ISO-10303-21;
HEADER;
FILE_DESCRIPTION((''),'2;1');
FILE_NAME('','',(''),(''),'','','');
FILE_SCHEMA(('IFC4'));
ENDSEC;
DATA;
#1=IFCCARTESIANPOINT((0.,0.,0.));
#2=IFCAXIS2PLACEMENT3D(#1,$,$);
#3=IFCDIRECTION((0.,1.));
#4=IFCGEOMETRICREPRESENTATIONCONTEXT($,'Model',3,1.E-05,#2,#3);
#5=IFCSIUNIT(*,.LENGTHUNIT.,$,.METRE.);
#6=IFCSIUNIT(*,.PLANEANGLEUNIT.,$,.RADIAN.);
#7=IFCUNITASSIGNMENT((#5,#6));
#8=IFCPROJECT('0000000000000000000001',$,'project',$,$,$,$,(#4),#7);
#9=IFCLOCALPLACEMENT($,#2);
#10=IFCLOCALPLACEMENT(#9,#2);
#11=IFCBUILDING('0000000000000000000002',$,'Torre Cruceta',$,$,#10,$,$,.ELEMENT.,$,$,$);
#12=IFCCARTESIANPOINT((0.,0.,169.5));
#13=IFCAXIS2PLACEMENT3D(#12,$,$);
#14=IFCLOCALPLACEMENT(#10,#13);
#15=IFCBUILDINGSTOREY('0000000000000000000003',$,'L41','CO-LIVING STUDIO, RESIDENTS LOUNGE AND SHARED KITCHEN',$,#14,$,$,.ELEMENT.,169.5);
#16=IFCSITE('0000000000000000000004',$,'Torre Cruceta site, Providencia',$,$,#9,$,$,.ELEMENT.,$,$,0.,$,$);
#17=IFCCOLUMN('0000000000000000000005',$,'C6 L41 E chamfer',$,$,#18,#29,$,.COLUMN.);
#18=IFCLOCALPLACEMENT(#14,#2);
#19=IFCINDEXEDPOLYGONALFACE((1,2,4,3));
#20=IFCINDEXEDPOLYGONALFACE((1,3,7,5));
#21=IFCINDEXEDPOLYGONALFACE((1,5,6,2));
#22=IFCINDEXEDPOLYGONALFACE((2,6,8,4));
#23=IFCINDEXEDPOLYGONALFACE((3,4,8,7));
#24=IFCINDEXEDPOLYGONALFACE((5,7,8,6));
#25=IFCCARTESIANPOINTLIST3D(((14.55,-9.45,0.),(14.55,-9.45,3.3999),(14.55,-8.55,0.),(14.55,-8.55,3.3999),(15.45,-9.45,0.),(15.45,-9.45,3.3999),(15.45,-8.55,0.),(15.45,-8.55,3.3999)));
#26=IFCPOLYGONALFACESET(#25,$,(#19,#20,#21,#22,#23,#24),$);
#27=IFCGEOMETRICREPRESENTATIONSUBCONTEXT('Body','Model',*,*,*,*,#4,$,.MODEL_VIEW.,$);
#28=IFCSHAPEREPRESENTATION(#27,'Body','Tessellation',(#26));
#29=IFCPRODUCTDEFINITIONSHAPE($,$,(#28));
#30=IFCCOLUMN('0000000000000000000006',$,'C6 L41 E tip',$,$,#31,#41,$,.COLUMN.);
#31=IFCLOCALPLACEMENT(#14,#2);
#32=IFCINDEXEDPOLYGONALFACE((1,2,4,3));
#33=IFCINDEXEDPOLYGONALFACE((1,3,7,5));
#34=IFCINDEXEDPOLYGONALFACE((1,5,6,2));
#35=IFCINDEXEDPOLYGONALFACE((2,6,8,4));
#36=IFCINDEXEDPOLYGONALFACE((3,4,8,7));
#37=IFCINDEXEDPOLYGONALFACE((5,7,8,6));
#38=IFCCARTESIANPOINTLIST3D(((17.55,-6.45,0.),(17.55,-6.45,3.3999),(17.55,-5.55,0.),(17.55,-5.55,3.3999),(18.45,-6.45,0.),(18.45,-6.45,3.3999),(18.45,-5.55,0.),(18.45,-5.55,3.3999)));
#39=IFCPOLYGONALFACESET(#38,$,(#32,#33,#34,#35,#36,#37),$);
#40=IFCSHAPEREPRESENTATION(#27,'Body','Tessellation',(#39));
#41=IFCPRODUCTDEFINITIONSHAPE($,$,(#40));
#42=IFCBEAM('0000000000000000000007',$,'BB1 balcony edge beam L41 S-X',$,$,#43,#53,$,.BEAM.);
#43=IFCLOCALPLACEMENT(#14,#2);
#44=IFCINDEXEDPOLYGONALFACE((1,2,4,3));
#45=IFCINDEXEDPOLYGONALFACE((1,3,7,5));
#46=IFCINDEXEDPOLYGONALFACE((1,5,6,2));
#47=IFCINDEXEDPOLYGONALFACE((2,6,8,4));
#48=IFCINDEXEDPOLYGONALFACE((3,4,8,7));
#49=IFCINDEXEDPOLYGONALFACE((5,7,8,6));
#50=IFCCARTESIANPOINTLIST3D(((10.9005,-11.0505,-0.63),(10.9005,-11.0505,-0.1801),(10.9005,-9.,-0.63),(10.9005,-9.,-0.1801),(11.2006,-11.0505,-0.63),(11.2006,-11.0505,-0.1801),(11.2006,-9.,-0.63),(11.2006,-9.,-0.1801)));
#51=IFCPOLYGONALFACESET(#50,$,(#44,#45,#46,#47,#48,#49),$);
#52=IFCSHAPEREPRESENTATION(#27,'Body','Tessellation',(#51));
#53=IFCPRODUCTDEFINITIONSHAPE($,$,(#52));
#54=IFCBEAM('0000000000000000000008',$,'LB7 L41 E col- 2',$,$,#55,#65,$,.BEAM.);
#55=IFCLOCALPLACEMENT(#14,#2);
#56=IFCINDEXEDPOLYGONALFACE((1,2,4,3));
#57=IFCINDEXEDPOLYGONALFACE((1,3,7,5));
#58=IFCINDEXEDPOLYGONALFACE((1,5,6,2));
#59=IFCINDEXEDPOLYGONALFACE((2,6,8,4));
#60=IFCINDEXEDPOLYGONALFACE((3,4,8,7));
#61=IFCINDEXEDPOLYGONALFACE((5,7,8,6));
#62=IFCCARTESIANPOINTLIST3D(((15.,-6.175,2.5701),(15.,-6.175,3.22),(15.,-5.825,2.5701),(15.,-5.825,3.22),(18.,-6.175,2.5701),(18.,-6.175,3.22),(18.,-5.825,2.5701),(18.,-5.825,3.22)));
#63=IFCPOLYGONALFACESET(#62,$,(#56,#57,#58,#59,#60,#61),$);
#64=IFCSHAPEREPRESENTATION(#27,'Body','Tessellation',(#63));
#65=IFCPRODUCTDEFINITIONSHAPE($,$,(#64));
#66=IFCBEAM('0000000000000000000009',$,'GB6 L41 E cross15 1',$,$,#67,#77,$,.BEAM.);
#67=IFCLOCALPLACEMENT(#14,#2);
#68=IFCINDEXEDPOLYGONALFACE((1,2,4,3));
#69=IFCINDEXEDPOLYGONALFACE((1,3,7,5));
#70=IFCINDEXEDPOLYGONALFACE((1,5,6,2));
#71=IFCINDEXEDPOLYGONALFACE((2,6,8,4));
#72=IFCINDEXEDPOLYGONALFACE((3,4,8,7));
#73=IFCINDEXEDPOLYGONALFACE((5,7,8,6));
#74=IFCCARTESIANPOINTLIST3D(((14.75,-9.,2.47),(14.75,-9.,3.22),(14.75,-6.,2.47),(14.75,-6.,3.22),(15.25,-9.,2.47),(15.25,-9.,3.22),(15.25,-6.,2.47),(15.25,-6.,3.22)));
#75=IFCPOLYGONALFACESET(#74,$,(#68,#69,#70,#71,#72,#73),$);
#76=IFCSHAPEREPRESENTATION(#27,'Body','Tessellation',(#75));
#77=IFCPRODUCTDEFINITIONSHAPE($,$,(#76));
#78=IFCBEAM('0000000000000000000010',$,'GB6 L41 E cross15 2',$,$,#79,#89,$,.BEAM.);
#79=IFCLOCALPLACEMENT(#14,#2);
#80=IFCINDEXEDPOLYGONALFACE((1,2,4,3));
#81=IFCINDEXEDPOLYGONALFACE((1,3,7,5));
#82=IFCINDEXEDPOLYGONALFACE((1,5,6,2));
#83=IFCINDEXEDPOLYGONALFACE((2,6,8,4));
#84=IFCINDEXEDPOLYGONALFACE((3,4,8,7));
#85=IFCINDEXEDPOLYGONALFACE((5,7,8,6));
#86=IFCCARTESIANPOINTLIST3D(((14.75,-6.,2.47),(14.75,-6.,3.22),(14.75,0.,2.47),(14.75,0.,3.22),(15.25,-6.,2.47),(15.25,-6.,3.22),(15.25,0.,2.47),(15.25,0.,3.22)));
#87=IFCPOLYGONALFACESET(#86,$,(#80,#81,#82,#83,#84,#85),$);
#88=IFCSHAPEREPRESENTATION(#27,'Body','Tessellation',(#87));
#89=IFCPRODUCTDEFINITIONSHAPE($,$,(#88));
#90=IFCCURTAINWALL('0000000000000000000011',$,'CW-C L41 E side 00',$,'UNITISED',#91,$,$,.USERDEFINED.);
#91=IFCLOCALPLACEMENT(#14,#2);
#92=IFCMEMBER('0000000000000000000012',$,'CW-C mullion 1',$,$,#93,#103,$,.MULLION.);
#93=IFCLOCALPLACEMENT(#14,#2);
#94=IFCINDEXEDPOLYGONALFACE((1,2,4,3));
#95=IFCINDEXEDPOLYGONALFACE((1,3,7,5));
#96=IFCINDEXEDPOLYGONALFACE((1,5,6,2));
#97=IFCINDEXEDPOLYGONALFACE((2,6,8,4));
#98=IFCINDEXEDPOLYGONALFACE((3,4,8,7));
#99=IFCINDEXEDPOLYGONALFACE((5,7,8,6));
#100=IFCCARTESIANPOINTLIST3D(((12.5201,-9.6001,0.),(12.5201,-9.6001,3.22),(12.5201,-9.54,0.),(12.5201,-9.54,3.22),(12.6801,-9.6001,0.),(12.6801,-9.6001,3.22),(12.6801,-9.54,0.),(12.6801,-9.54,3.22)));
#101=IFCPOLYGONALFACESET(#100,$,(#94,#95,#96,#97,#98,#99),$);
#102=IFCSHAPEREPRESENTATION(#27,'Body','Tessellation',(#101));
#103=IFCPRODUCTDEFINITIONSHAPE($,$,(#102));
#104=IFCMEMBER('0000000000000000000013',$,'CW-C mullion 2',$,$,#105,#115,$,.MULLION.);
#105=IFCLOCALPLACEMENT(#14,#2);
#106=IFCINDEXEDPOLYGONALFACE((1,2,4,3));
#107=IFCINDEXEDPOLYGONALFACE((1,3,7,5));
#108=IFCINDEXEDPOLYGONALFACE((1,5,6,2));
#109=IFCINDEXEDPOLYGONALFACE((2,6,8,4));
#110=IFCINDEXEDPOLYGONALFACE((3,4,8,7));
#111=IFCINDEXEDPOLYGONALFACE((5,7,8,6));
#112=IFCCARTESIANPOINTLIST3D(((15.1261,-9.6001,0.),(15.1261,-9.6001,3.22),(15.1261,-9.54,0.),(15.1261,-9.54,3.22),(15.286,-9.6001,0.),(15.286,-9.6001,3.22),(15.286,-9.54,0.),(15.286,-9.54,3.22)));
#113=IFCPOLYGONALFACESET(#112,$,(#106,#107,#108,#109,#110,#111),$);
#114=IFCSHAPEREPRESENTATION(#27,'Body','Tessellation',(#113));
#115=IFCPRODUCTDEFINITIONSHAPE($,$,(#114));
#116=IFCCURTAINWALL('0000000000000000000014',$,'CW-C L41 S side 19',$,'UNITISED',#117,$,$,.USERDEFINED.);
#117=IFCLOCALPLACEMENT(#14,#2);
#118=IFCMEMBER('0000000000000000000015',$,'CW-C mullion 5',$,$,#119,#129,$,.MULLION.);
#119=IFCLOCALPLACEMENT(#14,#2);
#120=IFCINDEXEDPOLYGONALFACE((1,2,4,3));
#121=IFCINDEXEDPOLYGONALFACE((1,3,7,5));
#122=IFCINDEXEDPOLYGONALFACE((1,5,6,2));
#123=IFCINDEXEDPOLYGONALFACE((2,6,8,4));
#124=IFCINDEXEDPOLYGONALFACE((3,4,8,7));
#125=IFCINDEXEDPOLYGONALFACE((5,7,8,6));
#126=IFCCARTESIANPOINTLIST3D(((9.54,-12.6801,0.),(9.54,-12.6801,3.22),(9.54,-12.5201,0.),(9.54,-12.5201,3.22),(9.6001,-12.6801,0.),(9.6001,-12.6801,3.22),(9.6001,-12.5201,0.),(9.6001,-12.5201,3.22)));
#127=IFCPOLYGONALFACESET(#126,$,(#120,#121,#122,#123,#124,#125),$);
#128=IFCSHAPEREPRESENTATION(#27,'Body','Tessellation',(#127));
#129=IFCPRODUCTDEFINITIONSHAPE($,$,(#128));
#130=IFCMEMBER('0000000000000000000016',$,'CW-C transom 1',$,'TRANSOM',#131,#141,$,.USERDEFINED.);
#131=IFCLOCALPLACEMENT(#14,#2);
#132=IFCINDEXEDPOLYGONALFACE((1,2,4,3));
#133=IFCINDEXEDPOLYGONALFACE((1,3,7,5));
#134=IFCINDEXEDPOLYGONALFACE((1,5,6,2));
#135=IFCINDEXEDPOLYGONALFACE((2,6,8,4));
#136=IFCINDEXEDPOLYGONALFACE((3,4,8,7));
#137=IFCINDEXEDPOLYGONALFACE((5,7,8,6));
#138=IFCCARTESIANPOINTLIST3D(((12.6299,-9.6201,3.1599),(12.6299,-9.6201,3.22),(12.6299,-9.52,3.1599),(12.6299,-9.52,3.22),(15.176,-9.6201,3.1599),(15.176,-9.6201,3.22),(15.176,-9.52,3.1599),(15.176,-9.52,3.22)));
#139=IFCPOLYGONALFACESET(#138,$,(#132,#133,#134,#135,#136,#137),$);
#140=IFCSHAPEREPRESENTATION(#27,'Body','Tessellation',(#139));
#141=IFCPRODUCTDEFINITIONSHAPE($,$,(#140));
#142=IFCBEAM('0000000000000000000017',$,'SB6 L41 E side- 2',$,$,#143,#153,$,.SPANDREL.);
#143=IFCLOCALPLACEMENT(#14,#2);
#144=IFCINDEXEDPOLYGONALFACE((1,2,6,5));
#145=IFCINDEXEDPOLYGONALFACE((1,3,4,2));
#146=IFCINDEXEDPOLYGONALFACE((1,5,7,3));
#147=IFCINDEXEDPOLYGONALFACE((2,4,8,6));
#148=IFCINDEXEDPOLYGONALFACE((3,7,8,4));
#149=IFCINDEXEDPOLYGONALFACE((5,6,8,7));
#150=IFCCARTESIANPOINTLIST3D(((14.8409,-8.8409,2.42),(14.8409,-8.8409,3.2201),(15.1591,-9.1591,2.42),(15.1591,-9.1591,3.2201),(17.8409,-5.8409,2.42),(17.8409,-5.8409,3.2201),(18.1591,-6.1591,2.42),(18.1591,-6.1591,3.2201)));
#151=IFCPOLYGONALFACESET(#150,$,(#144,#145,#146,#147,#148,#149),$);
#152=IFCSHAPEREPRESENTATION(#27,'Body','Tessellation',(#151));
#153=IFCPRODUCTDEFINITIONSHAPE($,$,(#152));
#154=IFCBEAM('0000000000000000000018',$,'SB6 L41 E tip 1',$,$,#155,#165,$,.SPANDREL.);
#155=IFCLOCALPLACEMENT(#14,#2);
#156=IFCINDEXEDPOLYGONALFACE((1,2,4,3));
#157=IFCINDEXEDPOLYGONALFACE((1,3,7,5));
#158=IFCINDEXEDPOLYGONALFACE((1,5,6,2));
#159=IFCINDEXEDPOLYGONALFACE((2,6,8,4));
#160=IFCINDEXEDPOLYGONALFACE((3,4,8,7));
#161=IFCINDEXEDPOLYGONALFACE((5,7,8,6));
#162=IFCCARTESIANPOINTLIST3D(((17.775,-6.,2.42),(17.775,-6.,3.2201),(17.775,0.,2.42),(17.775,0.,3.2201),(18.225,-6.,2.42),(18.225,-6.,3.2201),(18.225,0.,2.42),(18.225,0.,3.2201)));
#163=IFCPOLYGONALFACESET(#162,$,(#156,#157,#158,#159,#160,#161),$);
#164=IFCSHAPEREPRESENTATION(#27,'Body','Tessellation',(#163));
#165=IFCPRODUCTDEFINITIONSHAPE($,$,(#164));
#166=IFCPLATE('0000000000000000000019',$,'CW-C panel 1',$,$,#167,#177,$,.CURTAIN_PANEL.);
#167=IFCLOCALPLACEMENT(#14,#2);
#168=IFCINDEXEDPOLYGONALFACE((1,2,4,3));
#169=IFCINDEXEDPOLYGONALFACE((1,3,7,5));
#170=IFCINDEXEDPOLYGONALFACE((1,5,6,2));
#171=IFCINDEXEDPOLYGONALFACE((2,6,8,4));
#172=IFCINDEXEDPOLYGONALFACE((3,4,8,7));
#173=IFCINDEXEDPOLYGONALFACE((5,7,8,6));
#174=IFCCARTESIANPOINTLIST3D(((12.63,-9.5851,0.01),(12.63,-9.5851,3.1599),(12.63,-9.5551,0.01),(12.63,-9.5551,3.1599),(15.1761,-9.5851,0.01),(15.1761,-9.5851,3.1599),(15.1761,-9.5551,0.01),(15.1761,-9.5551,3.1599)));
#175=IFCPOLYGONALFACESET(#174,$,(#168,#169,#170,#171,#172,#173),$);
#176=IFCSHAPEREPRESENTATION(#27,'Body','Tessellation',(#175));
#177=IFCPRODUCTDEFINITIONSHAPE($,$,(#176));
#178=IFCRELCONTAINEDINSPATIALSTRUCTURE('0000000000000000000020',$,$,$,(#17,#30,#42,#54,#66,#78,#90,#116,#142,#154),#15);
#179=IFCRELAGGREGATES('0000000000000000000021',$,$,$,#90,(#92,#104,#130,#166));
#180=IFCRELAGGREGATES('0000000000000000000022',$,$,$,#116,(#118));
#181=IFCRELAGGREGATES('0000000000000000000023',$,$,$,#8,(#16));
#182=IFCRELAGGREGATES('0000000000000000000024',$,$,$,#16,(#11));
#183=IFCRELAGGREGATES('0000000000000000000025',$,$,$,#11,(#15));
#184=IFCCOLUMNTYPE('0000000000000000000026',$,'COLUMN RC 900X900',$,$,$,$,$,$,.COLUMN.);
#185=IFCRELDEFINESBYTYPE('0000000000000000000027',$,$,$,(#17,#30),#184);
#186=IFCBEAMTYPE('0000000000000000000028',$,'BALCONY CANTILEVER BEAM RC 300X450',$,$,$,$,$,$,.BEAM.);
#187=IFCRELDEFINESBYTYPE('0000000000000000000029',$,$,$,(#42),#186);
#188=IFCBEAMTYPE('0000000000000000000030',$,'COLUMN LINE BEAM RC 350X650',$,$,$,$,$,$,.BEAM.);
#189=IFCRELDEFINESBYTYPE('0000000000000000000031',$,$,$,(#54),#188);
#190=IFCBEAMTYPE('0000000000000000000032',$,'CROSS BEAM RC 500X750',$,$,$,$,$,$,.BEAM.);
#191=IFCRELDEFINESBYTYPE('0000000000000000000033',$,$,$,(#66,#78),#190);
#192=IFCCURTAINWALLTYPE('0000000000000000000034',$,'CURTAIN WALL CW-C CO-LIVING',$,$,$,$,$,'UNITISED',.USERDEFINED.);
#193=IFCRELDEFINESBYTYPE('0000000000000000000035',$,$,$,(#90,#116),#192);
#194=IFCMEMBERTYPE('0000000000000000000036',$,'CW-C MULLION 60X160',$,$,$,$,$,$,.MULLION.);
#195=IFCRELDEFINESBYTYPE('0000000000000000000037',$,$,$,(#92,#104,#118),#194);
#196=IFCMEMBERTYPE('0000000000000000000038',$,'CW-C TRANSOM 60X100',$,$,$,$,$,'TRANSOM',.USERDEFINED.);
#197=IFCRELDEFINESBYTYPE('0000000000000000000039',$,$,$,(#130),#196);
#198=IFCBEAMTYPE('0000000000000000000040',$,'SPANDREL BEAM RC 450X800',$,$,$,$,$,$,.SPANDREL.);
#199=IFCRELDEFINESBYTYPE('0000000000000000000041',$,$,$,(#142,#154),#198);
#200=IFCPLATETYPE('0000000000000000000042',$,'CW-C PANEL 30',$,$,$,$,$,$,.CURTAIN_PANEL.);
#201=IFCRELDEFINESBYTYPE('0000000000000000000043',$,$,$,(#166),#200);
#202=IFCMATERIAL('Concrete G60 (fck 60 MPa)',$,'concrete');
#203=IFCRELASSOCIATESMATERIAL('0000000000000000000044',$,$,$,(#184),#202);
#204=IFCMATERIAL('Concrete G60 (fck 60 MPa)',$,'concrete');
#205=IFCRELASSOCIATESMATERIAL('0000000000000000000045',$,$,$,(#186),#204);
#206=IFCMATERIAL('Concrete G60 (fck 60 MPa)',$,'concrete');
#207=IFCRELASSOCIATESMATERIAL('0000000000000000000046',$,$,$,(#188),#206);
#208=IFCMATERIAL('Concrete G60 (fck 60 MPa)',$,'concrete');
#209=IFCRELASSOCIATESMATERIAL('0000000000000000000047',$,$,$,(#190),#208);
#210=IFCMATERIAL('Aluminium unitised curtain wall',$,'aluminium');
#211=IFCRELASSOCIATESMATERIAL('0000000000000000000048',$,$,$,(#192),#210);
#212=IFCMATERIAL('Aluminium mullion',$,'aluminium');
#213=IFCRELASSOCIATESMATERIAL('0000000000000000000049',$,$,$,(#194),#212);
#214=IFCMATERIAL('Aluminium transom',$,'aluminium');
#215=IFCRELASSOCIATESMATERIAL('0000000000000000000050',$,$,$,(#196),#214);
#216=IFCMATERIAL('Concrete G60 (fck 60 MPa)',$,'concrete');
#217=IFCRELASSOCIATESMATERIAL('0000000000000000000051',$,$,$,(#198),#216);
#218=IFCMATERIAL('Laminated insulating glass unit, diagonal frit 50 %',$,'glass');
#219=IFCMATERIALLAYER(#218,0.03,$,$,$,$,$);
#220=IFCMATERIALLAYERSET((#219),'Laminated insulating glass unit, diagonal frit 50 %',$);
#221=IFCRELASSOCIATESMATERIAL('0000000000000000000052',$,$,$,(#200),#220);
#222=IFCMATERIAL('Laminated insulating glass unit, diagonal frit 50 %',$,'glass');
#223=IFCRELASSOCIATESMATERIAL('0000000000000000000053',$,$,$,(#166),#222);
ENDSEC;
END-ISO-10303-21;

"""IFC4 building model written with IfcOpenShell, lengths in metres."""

from ifc_helpers import new_model, si_unit, direction, frame, origin, origin_2d, place, context, subcontext, project, spatial, rectangle, extrude, material, layer, layer_set, material_profile, profile_set, type_object, element, aggregate, save


model = new_model("IFC4")

# Units and contexts
model_context = context("Model", 3, precision=1e-05, world=origin(), true_north=direction((0.0, 1.0)))
body_context = subcontext(model_context, "Body", "Model", "MODEL_VIEW")
ifc_project = project(units=[si_unit("LENGTHUNIT", "METRE"), si_unit("PLANEANGLEUNIT", "RADIAN")], contexts=[model_context])

# Site, building, storey
site_placement = place(None, origin())
site = spatial("IfcSite", under=ifc_project, at=site_placement, Name="Torre Cruceta site, Providencia", CompositionType="ELEMENT", RefElevation=0.0)
building_placement = place(site_placement, origin())
building = spatial("IfcBuilding", under=site, at=building_placement, Name="Torre Cruceta", CompositionType="ELEMENT")
storey_placement = place(building_placement, frame((0.0, 0.0, 169.5)))
storey = spatial("IfcBuildingStorey", under=building, at=storey_placement, Name="L41", Description="CO-LIVING STUDIO, RESIDENTS LOUNGE AND SHARED KITCHEN", CompositionType="ELEMENT", Elevation=169.5)

# Columns
ifc_material_1 = material(Name="Concrete G60 (fck 60 MPa)", Category="concrete")
ifc_material_profile_1 = material_profile(ifc_material_1, rectangle(XDim=0.8999, YDim=0.8999, at=origin_2d()), Name="RC 900X900")
ifc_profile_set_1 = profile_set([ifc_material_profile_1], Name="Concrete G60 (fck 60 MPa)")
column_type = type_object("IfcColumnType", Name="COLUMN RC 900X900", PredefinedType="COLUMN", material=ifc_profile_set_1)
for number, where, z_axis, x_axis, name in (
    (1, (15.0, -9.0, 0.0), (0.0, 0.0, 1.0), (1.0, 0.0, 0.0), "C6 L41 E chamfer"),
    (2, (18.0, -6.0, 0.0), (0.0, 0.0, 1.0), (1.0, 0.0, 0.0), "C6 L41 E tip"),
):
    element("IfcColumn", number, at=place(storey_placement, frame(where, z_axis=z_axis, x_axis=x_axis)), inside=storey, type_object=column_type, Name=name, PredefinedType="COLUMN", context=body_context, shape_type="SweptSolid", body=[
        extrude(rectangle(XDim=0.8999, YDim=0.8999, at=origin_2d()), origin(), (0.0, 0.0, 1.0), 3.3999),
    ])

# Beams
ifc_material_2 = material(Name="Concrete G60 (fck 60 MPa)", Category="concrete")
ifc_material_profile_2 = material_profile(ifc_material_2, rectangle(XDim=0.3, YDim=0.45, at=origin_2d()), Name="RC 300X450")
ifc_profile_set_2 = profile_set([ifc_material_profile_2], Name="Concrete G60 (fck 60 MPa)")
beam_type_1 = type_object("IfcBeamType", Name="BALCONY CANTILEVER BEAM RC 300X450", PredefinedType="BEAM", material=ifc_profile_set_2)
beam_1_placement = place(storey_placement, frame((11.0505, -9.0, -0.405), z_axis=(0.0, -1.0, 0.0), x_axis=(1.0, 0.0, 0.0)))
element("IfcBeam", 3, at=beam_1_placement, inside=storey, type_object=beam_type_1, Name="BB1 balcony edge beam L41 S-X", PredefinedType="BEAM", context=body_context, shape_type="SweptSolid", body=[
    extrude(rectangle(XDim=0.3, YDim=0.45, at=origin_2d()), origin(), (0.0, 0.0, 1.0), 2.0505),
])
ifc_material_3 = material(Name="Concrete G60 (fck 60 MPa)", Category="concrete")
ifc_material_profile_3 = material_profile(ifc_material_3, rectangle(XDim=0.3501, YDim=0.6499, at=origin_2d()), Name="RC 350X650")
ifc_profile_set_3 = profile_set([ifc_material_profile_3], Name="Concrete G60 (fck 60 MPa)")
beam_type_2 = type_object("IfcBeamType", Name="COLUMN LINE BEAM RC 350X650", PredefinedType="BEAM", material=ifc_profile_set_3)
beam_2_placement = place(storey_placement, frame((15.0, -6.0, 2.895), z_axis=(1.0, 0.0, 0.0), x_axis=(0.0, 1.0, 0.0)))
element("IfcBeam", 4, at=beam_2_placement, inside=storey, type_object=beam_type_2, Name="LB7 L41 E col- 2", PredefinedType="BEAM", context=body_context, shape_type="SweptSolid", body=[
    extrude(rectangle(XDim=0.3501, YDim=0.6499, at=origin_2d()), origin(), (0.0, 0.0, 1.0), 3.0),
])
ifc_material_4 = material(Name="Concrete G60 (fck 60 MPa)", Category="concrete")
ifc_material_profile_4 = material_profile(ifc_material_4, rectangle(XDim=0.5, YDim=0.75, at=origin_2d()), Name="RC 500X750")
ifc_profile_set_4 = profile_set([ifc_material_profile_4], Name="Concrete G60 (fck 60 MPa)")
beam_type_3 = type_object("IfcBeamType", Name="CROSS BEAM RC 500X750", PredefinedType="BEAM", material=ifc_profile_set_4)
beam_3_placement = place(storey_placement, frame((15.0, -9.0, 2.845), z_axis=(0.0, 1.0, 0.0), x_axis=(-1.0, 0.0, 0.0)))
element("IfcBeam", 5, at=beam_3_placement, inside=storey, type_object=beam_type_3, Name="GB6 L41 E cross15 1", PredefinedType="BEAM", context=body_context, shape_type="SweptSolid", body=[
    extrude(rectangle(XDim=0.5, YDim=0.75, at=origin_2d()), origin(), (0.0, 0.0, 1.0), 3.0),
])
beam_4_placement = place(storey_placement, frame((15.0, -6.0, 2.845), z_axis=(0.0, 1.0, 0.0), x_axis=(-1.0, 0.0, 0.0)))
element("IfcBeam", 6, at=beam_4_placement, inside=storey, type_object=beam_type_3, Name="GB6 L41 E cross15 2", PredefinedType="BEAM", context=body_context, shape_type="SweptSolid", body=[
    extrude(rectangle(XDim=0.5, YDim=0.75, at=origin_2d()), origin(), (0.0, 0.0, 1.0), 6.0),
])

# Curtain wall, members
ifc_material_5 = material(Name="Aluminium unitised curtain wall", Category="aluminium")
curtain_wall_type = type_object("IfcCurtainWallType", Name="CURTAIN WALL CW-C CO-LIVING", ElementType="UNITISED", PredefinedType="USERDEFINED", material=ifc_material_5)
curtain_wall_1_placement = place(storey_placement, origin())
curtain_wall_1 = element("IfcCurtainWall", 7, at=curtain_wall_1_placement, inside=storey, type_object=curtain_wall_type, Name="CW-C L41 E side 00", ObjectType="UNITISED", PredefinedType="USERDEFINED")
ifc_material_6 = material(Name="Aluminium mullion", Category="aluminium")
ifc_material_profile_5 = material_profile(ifc_material_6, rectangle(XDim=0.0601, YDim=0.1599, at=origin_2d()), Name="AL 60X160")
ifc_profile_set_5 = profile_set([ifc_material_profile_5], Name="Aluminium mullion")
member_type_1 = type_object("IfcMemberType", Name="CW-C MULLION 60X160", PredefinedType="MULLION", material=ifc_profile_set_5)
member_1_placement = place(storey_placement, frame((12.6001, -9.5701, 0.0), z_axis=(0.0, 0.0, 1.0), x_axis=(0.0, 1.0, 0.0)))
member_1 = element("IfcMember", 8, at=member_1_placement, type_object=member_type_1, Name="CW-C mullion 1", PredefinedType="MULLION", context=body_context, shape_type="SweptSolid", body=[
    extrude(rectangle(XDim=0.0601, YDim=0.1599, at=origin_2d()), origin(), (0.0, 0.0, 1.0), 3.22),
])
member_2_placement = place(storey_placement, frame((15.2061, -9.5701, 0.0), z_axis=(0.0, 0.0, 1.0), x_axis=(0.0, 1.0, 0.0)))
member_2 = element("IfcMember", 9, at=member_2_placement, type_object=member_type_1, Name="CW-C mullion 2", PredefinedType="MULLION", context=body_context, shape_type="SweptSolid", body=[
    extrude(rectangle(XDim=0.0601, YDim=0.1599, at=origin_2d()), origin(), (0.0, 0.0, 1.0), 3.22),
])

# Curtain wall, member
curtain_wall_2_placement = place(storey_placement, origin())
curtain_wall_2 = element("IfcCurtainWall", 10, at=curtain_wall_2_placement, inside=storey, type_object=curtain_wall_type, Name="CW-C L41 S side 19", ObjectType="UNITISED", PredefinedType="USERDEFINED")
member_3_placement = place(storey_placement, frame((9.5701, -12.6001, 0.0), z_axis=(0.0, 0.0, 1.0), x_axis=(-1.0, 0.0, 0.0)))
member_3 = element("IfcMember", 11, at=member_3_placement, type_object=member_type_1, Name="CW-C mullion 5", PredefinedType="MULLION", context=body_context, shape_type="SweptSolid", body=[
    extrude(rectangle(XDim=0.0601, YDim=0.1599, at=origin_2d()), origin(), (0.0, 0.0, 1.0), 3.22),
])

# Member
ifc_material_7 = material(Name="Aluminium transom", Category="aluminium")
ifc_material_profile_6 = material_profile(ifc_material_7, rectangle(XDim=0.1001, YDim=0.0601, at=origin_2d()), Name="AL 100X60")
ifc_profile_set_6 = profile_set([ifc_material_profile_6], Name="Aluminium transom")
member_type_2 = type_object("IfcMemberType", Name="CW-C TRANSOM 60X100", ElementType="TRANSOM", PredefinedType="USERDEFINED", material=ifc_profile_set_6)
member_4_placement = place(storey_placement, frame((12.6299, -9.5701, 3.1899), z_axis=(1.0, 0.0, 0.0), x_axis=(0.0, 1.0, 0.0)))
member_4 = element("IfcMember", 12, at=member_4_placement, type_object=member_type_2, Name="CW-C transom 1", ObjectType="TRANSOM", PredefinedType="USERDEFINED", context=body_context, shape_type="SweptSolid", body=[
    extrude(rectangle(XDim=0.1001, YDim=0.0601, at=origin_2d()), origin(), (0.0, 0.0, 1.0), 2.5461),
])

# Beams
ifc_material_8 = material(Name="Concrete G60 (fck 60 MPa)", Category="concrete")
ifc_material_profile_7 = material_profile(ifc_material_8, rectangle(XDim=0.45, YDim=0.8, at=origin_2d()), Name="RC 450X800")
ifc_profile_set_7 = profile_set([ifc_material_profile_7], Name="Concrete G60 (fck 60 MPa)")
beam_type_4 = type_object("IfcBeamType", Name="SPANDREL BEAM RC 450X800", PredefinedType="SPANDREL", material=ifc_profile_set_7)
beam_5_placement = place(storey_placement, frame((15.0, -9.0, 2.8201), z_axis=(0.707107, 0.707107, 0.0), x_axis=(-0.707107, 0.707107, 0.0)))
element("IfcBeam", 13, at=beam_5_placement, inside=storey, type_object=beam_type_4, Name="SB6 L41 E side- 2", PredefinedType="SPANDREL", context=body_context, shape_type="SweptSolid", body=[
    extrude(rectangle(XDim=0.45, YDim=0.8, at=origin_2d()), origin(), (0.0, 0.0, 1.0), 4.2427),
])
beam_6_placement = place(storey_placement, frame((18.0, -6.0, 2.8201), z_axis=(0.0, 1.0, 0.0), x_axis=(-1.0, 0.0, 0.0)))
element("IfcBeam", 14, at=beam_6_placement, inside=storey, type_object=beam_type_4, Name="SB6 L41 E tip 1", PredefinedType="SPANDREL", context=body_context, shape_type="SweptSolid", body=[
    extrude(rectangle(XDim=0.45, YDim=0.8, at=origin_2d()), origin(), (0.0, 0.0, 1.0), 6.0),
])

# Plate
ifc_material_9 = material(Name="Laminated insulating glass unit, diagonal frit 50 %", Category="glass")
ifc_material_10 = material(Name="Laminated insulating glass unit, diagonal frit 50 %", Category="glass")
ifc_layer_1 = layer(ifc_material_10, 0.03)
ifc_layer_set_1 = layer_set([ifc_layer_1], Name="Laminated insulating glass unit, diagonal frit 50 %")
plate_type = type_object("IfcPlateType", Name="CW-C PANEL 30", PredefinedType="CURTAIN_PANEL", material=ifc_layer_set_1)
plate_1_placement = place(storey_placement, frame((13.9031, -9.5701, 0.01), z_axis=(0.0, 0.0, 1.0), x_axis=(1.0, 0.0, 0.0)))
plate_1 = element("IfcPlate", 15, at=plate_1_placement, type_object=plate_type, material=ifc_material_9, Name="CW-C panel 1", PredefinedType="CURTAIN_PANEL", context=body_context, shape_type="SweptSolid", body=[
    extrude(rectangle(XDim=2.5461, YDim=0.03, at=origin_2d()), origin(), (0.0, 0.0, 1.0), 3.1499),
])
aggregate(curtain_wall_1, [member_1, member_2, member_4, plate_1])
aggregate(curtain_wall_2, [member_3])

save(model, "model.ifc")
